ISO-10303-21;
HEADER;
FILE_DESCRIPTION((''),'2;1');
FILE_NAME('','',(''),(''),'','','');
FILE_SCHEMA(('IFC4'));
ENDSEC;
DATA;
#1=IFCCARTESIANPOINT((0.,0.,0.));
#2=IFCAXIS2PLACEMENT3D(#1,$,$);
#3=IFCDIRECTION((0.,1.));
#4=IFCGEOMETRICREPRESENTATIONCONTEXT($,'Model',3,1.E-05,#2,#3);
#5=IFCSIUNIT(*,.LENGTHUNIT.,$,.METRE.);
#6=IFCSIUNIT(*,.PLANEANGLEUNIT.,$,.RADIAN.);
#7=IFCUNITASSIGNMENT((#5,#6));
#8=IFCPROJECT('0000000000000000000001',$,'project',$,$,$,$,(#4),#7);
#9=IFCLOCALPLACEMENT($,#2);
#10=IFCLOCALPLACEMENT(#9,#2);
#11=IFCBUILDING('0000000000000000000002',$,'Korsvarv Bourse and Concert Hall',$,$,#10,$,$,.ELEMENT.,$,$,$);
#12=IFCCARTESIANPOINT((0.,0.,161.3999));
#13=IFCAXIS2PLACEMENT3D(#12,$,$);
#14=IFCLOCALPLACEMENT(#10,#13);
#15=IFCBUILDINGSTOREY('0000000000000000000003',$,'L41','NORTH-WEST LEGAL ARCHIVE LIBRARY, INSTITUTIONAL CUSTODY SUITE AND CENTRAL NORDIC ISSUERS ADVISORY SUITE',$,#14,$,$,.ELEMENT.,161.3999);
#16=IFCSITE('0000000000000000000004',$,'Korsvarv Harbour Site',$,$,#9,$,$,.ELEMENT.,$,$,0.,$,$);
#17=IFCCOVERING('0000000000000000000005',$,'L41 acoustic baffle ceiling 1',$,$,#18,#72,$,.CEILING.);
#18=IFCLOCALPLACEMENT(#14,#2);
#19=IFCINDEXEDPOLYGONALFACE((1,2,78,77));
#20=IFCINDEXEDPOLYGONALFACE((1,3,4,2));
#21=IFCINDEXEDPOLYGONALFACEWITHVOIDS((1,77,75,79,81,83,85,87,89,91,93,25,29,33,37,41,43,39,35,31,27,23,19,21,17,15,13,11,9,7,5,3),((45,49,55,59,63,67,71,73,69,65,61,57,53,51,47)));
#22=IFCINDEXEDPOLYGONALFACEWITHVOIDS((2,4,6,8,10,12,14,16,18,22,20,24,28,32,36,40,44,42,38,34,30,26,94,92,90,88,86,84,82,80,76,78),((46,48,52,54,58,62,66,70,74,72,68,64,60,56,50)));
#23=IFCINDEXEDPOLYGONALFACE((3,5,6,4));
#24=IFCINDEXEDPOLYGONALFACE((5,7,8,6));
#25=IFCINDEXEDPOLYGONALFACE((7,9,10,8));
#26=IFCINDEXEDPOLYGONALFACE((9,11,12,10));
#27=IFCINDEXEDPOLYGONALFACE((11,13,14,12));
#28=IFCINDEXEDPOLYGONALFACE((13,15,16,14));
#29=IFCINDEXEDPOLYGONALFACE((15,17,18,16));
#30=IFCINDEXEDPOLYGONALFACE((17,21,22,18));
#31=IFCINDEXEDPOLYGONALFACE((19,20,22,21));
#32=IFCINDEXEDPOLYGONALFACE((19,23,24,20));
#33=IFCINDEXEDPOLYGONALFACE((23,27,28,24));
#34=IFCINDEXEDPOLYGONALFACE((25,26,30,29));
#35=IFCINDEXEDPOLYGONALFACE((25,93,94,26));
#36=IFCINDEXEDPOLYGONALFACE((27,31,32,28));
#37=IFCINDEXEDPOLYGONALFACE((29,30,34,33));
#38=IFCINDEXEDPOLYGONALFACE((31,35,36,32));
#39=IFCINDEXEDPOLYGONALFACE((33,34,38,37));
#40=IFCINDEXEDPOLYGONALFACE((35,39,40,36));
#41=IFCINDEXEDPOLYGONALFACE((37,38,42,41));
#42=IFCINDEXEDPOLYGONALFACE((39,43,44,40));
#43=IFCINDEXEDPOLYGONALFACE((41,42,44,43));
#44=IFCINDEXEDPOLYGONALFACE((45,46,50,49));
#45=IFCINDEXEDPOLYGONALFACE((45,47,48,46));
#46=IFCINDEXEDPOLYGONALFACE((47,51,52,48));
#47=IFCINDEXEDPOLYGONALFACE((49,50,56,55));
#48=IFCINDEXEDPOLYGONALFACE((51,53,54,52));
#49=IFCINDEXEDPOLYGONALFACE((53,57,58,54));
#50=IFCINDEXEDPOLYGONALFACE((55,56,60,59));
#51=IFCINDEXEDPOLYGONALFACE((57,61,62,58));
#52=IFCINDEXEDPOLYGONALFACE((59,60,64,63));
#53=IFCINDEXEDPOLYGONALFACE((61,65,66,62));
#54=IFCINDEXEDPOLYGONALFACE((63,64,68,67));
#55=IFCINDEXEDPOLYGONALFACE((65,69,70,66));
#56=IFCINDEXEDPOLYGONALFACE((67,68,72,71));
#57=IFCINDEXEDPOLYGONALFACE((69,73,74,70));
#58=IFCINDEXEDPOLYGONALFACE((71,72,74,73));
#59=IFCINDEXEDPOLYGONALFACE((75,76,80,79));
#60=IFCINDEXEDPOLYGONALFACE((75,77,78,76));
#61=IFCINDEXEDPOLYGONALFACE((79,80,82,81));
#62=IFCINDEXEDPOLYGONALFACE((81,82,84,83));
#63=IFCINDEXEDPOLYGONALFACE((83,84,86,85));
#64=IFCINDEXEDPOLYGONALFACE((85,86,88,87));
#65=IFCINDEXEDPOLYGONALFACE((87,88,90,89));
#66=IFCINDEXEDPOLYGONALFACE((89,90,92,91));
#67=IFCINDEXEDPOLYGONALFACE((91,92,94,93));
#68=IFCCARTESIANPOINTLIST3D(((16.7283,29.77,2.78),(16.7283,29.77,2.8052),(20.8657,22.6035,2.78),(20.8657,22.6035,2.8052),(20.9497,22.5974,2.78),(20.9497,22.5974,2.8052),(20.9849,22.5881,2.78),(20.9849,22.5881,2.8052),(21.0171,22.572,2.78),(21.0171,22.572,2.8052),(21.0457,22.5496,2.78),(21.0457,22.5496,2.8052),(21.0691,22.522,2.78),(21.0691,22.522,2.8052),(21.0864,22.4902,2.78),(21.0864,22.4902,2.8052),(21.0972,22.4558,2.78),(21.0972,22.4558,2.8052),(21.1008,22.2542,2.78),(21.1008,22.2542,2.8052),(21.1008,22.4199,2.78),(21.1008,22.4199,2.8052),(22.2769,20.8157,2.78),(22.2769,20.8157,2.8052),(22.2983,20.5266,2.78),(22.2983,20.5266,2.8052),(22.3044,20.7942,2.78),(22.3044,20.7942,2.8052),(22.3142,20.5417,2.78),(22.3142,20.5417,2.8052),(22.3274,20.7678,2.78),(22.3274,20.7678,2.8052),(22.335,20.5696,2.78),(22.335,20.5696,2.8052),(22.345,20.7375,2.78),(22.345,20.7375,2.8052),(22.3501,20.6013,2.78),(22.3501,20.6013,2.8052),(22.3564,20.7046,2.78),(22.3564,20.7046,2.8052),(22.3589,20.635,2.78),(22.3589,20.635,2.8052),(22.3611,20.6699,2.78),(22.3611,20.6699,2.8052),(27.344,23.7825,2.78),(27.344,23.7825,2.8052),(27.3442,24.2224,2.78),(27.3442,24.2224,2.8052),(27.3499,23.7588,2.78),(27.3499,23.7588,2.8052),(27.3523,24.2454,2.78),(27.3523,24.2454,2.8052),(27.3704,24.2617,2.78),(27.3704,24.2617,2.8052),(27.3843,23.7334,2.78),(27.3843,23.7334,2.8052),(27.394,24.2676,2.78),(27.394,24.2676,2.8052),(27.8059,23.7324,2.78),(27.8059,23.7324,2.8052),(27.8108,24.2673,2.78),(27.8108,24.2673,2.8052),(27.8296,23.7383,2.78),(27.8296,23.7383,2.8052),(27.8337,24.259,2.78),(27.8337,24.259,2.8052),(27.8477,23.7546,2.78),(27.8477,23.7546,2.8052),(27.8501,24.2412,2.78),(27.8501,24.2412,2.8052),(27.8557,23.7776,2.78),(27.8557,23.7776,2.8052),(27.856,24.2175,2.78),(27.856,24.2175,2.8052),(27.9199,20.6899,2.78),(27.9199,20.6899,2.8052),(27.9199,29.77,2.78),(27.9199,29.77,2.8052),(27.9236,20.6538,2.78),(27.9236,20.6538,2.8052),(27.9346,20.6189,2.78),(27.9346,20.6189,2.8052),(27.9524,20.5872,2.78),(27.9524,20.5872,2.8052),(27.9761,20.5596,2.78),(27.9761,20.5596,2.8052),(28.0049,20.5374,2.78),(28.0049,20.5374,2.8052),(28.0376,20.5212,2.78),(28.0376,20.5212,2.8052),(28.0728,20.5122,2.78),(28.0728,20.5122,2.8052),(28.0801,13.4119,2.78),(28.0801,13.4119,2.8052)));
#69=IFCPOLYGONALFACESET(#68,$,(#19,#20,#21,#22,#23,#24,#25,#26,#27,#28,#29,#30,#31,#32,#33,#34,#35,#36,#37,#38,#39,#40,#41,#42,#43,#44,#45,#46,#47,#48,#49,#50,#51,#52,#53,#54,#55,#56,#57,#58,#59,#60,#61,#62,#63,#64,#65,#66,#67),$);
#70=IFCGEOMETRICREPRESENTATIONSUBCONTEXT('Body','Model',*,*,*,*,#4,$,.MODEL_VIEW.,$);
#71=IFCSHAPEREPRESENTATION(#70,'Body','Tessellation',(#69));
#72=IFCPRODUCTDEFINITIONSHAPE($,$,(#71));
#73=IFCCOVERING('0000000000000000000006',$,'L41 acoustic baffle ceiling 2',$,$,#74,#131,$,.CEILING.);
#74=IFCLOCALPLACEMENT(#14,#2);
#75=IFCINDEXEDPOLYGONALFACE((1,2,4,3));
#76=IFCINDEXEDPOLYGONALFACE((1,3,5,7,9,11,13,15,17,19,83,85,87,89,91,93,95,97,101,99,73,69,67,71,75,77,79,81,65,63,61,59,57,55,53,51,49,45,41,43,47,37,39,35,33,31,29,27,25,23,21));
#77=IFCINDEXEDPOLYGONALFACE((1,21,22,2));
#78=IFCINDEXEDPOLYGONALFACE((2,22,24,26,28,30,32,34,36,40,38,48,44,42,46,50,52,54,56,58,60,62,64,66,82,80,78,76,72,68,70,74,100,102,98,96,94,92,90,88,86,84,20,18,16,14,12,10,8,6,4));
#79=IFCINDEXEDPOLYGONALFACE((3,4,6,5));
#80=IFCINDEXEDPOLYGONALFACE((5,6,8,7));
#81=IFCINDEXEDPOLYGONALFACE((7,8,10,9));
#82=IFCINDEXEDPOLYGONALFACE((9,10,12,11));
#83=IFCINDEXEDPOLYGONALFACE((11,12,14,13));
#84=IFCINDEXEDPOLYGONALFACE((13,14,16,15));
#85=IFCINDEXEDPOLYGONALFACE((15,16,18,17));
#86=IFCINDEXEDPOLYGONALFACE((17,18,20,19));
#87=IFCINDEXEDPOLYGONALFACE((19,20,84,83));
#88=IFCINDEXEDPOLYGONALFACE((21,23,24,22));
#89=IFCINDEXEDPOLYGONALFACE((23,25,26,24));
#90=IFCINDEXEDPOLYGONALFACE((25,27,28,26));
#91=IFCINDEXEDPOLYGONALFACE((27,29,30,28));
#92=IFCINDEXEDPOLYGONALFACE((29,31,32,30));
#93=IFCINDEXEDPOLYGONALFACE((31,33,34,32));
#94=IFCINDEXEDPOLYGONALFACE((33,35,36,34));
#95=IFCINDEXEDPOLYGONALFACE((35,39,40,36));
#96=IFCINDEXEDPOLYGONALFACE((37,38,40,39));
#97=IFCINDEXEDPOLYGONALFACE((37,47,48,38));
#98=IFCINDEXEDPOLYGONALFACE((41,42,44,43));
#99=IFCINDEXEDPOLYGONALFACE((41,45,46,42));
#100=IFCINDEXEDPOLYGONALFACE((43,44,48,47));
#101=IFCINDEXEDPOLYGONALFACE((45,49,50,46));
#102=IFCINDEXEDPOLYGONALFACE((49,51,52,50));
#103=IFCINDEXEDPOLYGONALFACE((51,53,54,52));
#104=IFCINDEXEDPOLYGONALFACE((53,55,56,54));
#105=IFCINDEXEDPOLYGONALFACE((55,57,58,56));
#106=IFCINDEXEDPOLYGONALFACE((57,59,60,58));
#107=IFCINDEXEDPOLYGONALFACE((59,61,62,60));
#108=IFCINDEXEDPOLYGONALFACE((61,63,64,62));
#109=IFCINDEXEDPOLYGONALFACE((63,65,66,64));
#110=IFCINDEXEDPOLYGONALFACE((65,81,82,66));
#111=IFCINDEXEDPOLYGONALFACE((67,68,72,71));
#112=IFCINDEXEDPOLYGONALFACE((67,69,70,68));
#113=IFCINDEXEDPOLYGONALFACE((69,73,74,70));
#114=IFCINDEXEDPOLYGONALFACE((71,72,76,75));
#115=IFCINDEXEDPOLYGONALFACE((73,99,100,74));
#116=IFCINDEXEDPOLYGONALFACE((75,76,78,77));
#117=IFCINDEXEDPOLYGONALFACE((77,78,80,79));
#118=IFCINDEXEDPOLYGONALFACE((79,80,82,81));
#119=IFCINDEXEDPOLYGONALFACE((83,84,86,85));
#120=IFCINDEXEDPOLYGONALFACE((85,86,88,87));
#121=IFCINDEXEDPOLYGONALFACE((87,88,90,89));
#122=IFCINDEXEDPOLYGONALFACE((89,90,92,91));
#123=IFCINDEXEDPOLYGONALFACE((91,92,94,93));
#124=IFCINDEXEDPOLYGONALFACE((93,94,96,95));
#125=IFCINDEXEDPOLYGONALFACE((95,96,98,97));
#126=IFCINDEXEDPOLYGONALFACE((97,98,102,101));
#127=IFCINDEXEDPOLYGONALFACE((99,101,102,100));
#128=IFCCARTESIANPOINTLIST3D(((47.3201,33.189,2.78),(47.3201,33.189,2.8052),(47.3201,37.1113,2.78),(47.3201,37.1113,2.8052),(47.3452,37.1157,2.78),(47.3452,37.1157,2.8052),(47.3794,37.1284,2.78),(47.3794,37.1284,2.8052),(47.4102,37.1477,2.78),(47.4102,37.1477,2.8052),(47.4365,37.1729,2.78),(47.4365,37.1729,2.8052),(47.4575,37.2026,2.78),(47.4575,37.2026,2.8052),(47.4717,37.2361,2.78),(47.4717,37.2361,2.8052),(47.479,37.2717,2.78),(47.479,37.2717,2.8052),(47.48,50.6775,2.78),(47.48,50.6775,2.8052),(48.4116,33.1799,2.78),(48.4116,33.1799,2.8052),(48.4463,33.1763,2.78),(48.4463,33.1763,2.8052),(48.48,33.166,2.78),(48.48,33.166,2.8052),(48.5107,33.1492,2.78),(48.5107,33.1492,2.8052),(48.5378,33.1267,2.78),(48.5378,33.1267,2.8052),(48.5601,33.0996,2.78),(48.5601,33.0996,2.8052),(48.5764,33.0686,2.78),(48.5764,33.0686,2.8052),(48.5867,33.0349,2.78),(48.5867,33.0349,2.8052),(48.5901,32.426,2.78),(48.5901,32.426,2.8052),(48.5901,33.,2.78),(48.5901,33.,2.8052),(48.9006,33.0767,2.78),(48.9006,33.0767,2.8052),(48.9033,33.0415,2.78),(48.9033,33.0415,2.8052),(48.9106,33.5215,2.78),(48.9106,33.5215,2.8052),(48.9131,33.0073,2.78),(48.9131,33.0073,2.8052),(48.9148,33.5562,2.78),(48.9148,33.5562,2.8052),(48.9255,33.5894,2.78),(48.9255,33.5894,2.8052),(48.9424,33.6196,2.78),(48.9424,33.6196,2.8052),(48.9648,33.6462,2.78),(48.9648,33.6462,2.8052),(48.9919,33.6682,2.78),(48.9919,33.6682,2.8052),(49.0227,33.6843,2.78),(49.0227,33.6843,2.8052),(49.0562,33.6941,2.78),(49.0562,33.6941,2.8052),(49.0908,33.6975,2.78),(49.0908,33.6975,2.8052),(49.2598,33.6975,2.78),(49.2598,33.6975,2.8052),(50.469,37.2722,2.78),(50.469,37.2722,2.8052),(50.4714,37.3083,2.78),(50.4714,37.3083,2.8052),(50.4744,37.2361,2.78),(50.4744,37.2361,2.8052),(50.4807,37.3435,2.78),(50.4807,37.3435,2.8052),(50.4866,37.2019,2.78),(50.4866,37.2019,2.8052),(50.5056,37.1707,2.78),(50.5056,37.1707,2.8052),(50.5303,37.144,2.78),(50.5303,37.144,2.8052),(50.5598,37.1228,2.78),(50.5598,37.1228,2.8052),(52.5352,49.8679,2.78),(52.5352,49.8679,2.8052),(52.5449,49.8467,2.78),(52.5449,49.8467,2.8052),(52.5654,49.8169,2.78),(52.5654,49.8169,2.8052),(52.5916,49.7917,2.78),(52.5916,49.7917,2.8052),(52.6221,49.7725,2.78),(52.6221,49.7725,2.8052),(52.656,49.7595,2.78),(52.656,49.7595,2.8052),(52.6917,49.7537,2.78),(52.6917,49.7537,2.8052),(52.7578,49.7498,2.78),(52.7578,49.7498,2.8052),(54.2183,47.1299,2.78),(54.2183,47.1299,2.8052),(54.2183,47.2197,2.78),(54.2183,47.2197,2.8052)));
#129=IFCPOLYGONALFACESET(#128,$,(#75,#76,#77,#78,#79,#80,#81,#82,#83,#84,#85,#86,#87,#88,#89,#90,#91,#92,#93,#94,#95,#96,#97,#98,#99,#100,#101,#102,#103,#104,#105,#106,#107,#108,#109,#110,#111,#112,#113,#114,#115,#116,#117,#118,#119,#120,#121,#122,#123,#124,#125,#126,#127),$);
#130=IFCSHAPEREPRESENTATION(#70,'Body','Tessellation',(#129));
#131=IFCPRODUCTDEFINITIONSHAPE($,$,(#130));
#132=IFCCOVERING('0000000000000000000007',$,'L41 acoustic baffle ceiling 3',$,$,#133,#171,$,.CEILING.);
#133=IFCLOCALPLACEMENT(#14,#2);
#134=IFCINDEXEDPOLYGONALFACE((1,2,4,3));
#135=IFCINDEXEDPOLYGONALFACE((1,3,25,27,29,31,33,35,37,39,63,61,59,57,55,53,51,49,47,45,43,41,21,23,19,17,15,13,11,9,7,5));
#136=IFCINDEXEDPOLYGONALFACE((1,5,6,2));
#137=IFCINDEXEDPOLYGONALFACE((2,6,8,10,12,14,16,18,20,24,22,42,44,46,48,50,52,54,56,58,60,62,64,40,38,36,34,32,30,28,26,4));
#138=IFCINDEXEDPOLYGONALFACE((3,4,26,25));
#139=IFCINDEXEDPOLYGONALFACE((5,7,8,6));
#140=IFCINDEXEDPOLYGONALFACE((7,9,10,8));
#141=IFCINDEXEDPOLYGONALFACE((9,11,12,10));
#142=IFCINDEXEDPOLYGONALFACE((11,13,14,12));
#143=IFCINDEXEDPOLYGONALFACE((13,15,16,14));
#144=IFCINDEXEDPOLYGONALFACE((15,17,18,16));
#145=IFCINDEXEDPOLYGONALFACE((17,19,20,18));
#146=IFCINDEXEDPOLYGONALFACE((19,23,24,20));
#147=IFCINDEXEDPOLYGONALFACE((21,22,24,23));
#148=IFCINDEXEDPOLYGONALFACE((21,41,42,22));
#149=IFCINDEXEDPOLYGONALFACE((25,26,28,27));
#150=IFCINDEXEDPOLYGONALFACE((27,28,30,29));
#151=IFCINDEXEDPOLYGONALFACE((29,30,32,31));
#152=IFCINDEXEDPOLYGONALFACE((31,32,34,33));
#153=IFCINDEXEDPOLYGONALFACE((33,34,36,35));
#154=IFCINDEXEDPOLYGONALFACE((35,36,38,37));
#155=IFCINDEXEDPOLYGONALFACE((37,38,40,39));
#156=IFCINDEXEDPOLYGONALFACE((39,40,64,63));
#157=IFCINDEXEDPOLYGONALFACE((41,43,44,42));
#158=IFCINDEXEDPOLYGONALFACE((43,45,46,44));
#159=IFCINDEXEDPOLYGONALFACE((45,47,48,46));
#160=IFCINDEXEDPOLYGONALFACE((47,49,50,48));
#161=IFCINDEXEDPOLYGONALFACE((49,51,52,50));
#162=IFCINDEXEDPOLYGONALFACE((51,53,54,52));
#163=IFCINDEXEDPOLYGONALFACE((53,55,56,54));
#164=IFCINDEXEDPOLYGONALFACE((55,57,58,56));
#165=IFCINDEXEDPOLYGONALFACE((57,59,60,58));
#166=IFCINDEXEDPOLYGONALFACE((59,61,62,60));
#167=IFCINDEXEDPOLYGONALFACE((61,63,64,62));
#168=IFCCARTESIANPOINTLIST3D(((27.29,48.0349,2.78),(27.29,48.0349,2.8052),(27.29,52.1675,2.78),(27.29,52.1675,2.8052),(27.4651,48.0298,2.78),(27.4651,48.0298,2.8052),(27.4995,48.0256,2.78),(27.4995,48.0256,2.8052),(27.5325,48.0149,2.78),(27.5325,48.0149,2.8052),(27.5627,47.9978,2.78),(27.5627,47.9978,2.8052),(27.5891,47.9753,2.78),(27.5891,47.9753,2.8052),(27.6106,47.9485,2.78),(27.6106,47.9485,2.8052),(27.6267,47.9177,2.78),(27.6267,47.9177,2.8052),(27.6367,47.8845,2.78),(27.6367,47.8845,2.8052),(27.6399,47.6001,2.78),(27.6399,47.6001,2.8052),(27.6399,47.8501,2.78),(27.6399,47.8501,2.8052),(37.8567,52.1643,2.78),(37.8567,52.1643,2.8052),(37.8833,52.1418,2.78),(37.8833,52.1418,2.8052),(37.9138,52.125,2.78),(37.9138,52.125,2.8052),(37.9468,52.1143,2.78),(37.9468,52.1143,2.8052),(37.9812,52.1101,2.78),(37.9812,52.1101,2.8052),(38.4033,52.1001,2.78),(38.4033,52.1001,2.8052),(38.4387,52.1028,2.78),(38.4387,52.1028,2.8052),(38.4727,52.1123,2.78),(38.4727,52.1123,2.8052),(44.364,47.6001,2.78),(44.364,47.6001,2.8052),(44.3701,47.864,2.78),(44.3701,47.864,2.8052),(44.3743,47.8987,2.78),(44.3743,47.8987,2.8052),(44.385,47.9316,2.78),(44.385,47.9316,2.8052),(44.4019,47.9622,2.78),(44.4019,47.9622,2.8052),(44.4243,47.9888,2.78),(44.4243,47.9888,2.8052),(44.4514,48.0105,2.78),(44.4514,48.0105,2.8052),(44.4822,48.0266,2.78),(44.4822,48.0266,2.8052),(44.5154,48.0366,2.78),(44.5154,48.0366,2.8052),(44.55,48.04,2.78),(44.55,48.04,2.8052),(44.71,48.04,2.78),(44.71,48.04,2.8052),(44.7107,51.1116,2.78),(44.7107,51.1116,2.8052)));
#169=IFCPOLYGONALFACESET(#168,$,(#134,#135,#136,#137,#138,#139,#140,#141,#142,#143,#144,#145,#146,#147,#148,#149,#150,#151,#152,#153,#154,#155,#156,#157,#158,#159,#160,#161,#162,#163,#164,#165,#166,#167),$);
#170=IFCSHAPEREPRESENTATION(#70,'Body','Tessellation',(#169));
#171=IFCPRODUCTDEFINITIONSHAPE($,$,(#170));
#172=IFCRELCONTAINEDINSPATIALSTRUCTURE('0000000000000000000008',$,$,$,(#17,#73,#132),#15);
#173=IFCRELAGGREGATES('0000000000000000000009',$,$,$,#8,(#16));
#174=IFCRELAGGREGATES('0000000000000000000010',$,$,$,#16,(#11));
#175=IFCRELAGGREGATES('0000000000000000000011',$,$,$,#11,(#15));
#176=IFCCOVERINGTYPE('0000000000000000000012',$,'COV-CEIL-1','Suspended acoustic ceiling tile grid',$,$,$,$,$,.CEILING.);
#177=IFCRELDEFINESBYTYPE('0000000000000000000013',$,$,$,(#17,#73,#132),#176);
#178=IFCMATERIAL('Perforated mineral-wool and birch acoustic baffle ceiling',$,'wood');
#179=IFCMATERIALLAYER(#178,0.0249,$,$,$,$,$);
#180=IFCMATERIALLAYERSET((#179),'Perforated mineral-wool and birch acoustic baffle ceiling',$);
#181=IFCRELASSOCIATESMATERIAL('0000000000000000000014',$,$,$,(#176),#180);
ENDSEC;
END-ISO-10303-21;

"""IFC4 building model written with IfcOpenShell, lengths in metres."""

from ifc_helpers import new_model, si_unit, direction, frame, origin, place, context, subcontext, project, spatial, polyline, outline, extrude, material, layer, layer_set, type_object, element, save


model = new_model("IFC4")

# Units and contexts
model_context = context("Model", 3, precision=1e-05, world=origin(), true_north=direction((0.0, 1.0)))
body_context = subcontext(model_context, "Body", "Model", "MODEL_VIEW")
ifc_project = project(units=[si_unit("LENGTHUNIT", "METRE"), si_unit("PLANEANGLEUNIT", "RADIAN")], contexts=[model_context])

# Site, building, storey
site_placement = place(None, origin())
site = spatial("IfcSite", under=ifc_project, at=site_placement, Name="Korsvarv Harbour Site", CompositionType="ELEMENT", RefElevation=0.0)
building_placement = place(site_placement, origin())
building = spatial("IfcBuilding", under=site, at=building_placement, Name="Korsvarv Bourse and Concert Hall", CompositionType="ELEMENT")
storey_placement = place(building_placement, frame((0.0, 0.0, 161.3999)))
storey = spatial("IfcBuildingStorey", under=building, at=storey_placement, Name="L41", Description="NORTH-WEST LEGAL ARCHIVE LIBRARY, INSTITUTIONAL CUSTODY SUITE AND CENTRAL NORDIC ISSUERS ADVISORY SUITE", CompositionType="ELEMENT", Elevation=161.3999)

# Coverings
ifc_material_1 = material(Name="Perforated mineral-wool and birch acoustic baffle ceiling", Category="wood")
ifc_layer_1 = layer(ifc_material_1, 0.0249)
ifc_layer_set_1 = layer_set([ifc_layer_1], Name="Perforated mineral-wool and birch acoustic baffle ceiling")
covering_type_1 = type_object("IfcCoveringType", Name="COV-CEIL-1", Description="Suspended acoustic ceiling tile grid", PredefinedType="CEILING", material=ifc_layer_set_1)
covering_1_placement = place(storey_placement, frame((0.0, 0.0, 2.78)))
element("IfcCovering", 1, at=covering_1_placement, inside=storey, type_object=covering_type_1, Name="L41 acoustic baffle ceiling 1", PredefinedType="CEILING", context=body_context, shape_type="SweptSolid", body=[
    extrude(outline(polyline([(21.1008, 22.2542), (21.1008, 22.4199), (21.0972, 22.4558), (21.0864, 22.4902), (21.0691, 22.522), (21.0457, 22.5496), (21.0171, 22.572), (20.9849, 22.5881), (20.9497, 22.5974), (20.8657, 22.6035), (16.7283, 29.77), (27.9199, 29.77), (27.9199, 20.6899), (27.9236, 20.6538), (27.9346, 20.6189), (27.9524, 20.5872), (27.9761, 20.5596), (28.0049, 20.5374), (28.0376, 20.5212), (28.0728, 20.5122), (28.0801, 13.4119), (22.2983, 20.5266), (22.3142, 20.5417), (22.335, 20.5696), (22.3501, 20.6013), (22.3589, 20.635), (22.3611, 20.6699), (22.3564, 20.7046), (22.345, 20.7375), (22.3274, 20.7678), (22.3044, 20.7942), (22.2769, 20.8157), (21.1008, 22.2542)]), holes=[polyline([(27.3843, 23.7334), (27.8059, 23.7324), (27.8296, 23.7383), (27.8477, 23.7546), (27.8557, 23.7776), (27.856, 24.2175), (27.8501, 24.2412), (27.8337, 24.259), (27.8108, 24.2673), (27.394, 24.2676), (27.3704, 24.2617), (27.3523, 24.2454), (27.3442, 24.2224), (27.344, 23.7825), (27.3499, 23.7588), (27.3843, 23.7334)])]), origin(), (0.0, 0.0, 1.0), 0.0251),
])
covering_2_placement = place(storey_placement, frame((0.0, 0.0, 2.78)))
element("IfcCovering", 2, at=covering_2_placement, inside=storey, type_object=covering_type_1, Name="L41 acoustic baffle ceiling 2", PredefinedType="CEILING", context=body_context, shape_type="SweptSolid", body=[
    extrude(outline(polyline([(47.3201, 37.1113), (47.3452, 37.1157), (47.3794, 37.1284), (47.4102, 37.1477), (47.4365, 37.1729), (47.4575, 37.2026), (47.4717, 37.2361), (47.479, 37.2717), (47.48, 50.6775), (52.5352, 49.8679), (52.5449, 49.8467), (52.5654, 49.8169), (52.5916, 49.7917), (52.6221, 49.7725), (52.656, 49.7595), (52.6917, 49.7537), (52.7578, 49.7498), (54.2183, 47.2197), (54.2183, 47.1299), (50.4807, 37.3435), (50.4714, 37.3083), (50.469, 37.2722), (50.4744, 37.2361), (50.4866, 37.2019), (50.5056, 37.1707), (50.5303, 37.144), (50.5598, 37.1228), (49.2598, 33.6975), (49.0908, 33.6975), (49.0562, 33.6941), (49.0227, 33.6843), (48.9919, 33.6682), (48.9648, 33.6462), (48.9424, 33.6196), (48.9255, 33.5894), (48.9148, 33.5562), (48.9106, 33.5215), (48.9006, 33.0767), (48.9033, 33.0415), (48.9131, 33.0073), (48.5901, 32.426), (48.5901, 33.0), (48.5867, 33.0349), (48.5764, 33.0686), (48.5601, 33.0996), (48.5378, 33.1267), (48.5107, 33.1492), (48.48, 33.166), (48.4463, 33.1763), (48.4116, 33.1799), (47.3201, 33.189), (47.3201, 37.1113)])), origin(), (0.0, 0.0, 1.0), 0.0251),
])
covering_3_placement = place(storey_placement, frame((0.0, 0.0, 2.78)))
element("IfcCovering", 3, at=covering_3_placement, inside=storey, type_object=covering_type_1, Name="L41 acoustic baffle ceiling 3", PredefinedType="CEILING", context=body_context, shape_type="SweptSolid", body=[
    extrude(outline(polyline([(37.8567, 52.1643), (37.8833, 52.1418), (37.9138, 52.125), (37.9468, 52.1143), (37.9812, 52.1101), (38.4033, 52.1001), (38.4387, 52.1028), (38.4727, 52.1123), (44.7107, 51.1116), (44.71, 48.04), (44.55, 48.04), (44.5154, 48.0366), (44.4822, 48.0266), (44.4514, 48.0105), (44.4243, 47.9888), (44.4019, 47.9622), (44.385, 47.9316), (44.3743, 47.8987), (44.3701, 47.864), (44.364, 47.6001), (27.6399, 47.6001), (27.6399, 47.8501), (27.6367, 47.8845), (27.6267, 47.9177), (27.6106, 47.9485), (27.5891, 47.9753), (27.5627, 47.9978), (27.5325, 48.0149), (27.4995, 48.0256), (27.4651, 48.0298), (27.29, 48.0349), (27.29, 52.1675), (37.8567, 52.1643)])), origin(), (0.0, 0.0, 1.0), 0.0251),
])

save(model, "model.ifc")
